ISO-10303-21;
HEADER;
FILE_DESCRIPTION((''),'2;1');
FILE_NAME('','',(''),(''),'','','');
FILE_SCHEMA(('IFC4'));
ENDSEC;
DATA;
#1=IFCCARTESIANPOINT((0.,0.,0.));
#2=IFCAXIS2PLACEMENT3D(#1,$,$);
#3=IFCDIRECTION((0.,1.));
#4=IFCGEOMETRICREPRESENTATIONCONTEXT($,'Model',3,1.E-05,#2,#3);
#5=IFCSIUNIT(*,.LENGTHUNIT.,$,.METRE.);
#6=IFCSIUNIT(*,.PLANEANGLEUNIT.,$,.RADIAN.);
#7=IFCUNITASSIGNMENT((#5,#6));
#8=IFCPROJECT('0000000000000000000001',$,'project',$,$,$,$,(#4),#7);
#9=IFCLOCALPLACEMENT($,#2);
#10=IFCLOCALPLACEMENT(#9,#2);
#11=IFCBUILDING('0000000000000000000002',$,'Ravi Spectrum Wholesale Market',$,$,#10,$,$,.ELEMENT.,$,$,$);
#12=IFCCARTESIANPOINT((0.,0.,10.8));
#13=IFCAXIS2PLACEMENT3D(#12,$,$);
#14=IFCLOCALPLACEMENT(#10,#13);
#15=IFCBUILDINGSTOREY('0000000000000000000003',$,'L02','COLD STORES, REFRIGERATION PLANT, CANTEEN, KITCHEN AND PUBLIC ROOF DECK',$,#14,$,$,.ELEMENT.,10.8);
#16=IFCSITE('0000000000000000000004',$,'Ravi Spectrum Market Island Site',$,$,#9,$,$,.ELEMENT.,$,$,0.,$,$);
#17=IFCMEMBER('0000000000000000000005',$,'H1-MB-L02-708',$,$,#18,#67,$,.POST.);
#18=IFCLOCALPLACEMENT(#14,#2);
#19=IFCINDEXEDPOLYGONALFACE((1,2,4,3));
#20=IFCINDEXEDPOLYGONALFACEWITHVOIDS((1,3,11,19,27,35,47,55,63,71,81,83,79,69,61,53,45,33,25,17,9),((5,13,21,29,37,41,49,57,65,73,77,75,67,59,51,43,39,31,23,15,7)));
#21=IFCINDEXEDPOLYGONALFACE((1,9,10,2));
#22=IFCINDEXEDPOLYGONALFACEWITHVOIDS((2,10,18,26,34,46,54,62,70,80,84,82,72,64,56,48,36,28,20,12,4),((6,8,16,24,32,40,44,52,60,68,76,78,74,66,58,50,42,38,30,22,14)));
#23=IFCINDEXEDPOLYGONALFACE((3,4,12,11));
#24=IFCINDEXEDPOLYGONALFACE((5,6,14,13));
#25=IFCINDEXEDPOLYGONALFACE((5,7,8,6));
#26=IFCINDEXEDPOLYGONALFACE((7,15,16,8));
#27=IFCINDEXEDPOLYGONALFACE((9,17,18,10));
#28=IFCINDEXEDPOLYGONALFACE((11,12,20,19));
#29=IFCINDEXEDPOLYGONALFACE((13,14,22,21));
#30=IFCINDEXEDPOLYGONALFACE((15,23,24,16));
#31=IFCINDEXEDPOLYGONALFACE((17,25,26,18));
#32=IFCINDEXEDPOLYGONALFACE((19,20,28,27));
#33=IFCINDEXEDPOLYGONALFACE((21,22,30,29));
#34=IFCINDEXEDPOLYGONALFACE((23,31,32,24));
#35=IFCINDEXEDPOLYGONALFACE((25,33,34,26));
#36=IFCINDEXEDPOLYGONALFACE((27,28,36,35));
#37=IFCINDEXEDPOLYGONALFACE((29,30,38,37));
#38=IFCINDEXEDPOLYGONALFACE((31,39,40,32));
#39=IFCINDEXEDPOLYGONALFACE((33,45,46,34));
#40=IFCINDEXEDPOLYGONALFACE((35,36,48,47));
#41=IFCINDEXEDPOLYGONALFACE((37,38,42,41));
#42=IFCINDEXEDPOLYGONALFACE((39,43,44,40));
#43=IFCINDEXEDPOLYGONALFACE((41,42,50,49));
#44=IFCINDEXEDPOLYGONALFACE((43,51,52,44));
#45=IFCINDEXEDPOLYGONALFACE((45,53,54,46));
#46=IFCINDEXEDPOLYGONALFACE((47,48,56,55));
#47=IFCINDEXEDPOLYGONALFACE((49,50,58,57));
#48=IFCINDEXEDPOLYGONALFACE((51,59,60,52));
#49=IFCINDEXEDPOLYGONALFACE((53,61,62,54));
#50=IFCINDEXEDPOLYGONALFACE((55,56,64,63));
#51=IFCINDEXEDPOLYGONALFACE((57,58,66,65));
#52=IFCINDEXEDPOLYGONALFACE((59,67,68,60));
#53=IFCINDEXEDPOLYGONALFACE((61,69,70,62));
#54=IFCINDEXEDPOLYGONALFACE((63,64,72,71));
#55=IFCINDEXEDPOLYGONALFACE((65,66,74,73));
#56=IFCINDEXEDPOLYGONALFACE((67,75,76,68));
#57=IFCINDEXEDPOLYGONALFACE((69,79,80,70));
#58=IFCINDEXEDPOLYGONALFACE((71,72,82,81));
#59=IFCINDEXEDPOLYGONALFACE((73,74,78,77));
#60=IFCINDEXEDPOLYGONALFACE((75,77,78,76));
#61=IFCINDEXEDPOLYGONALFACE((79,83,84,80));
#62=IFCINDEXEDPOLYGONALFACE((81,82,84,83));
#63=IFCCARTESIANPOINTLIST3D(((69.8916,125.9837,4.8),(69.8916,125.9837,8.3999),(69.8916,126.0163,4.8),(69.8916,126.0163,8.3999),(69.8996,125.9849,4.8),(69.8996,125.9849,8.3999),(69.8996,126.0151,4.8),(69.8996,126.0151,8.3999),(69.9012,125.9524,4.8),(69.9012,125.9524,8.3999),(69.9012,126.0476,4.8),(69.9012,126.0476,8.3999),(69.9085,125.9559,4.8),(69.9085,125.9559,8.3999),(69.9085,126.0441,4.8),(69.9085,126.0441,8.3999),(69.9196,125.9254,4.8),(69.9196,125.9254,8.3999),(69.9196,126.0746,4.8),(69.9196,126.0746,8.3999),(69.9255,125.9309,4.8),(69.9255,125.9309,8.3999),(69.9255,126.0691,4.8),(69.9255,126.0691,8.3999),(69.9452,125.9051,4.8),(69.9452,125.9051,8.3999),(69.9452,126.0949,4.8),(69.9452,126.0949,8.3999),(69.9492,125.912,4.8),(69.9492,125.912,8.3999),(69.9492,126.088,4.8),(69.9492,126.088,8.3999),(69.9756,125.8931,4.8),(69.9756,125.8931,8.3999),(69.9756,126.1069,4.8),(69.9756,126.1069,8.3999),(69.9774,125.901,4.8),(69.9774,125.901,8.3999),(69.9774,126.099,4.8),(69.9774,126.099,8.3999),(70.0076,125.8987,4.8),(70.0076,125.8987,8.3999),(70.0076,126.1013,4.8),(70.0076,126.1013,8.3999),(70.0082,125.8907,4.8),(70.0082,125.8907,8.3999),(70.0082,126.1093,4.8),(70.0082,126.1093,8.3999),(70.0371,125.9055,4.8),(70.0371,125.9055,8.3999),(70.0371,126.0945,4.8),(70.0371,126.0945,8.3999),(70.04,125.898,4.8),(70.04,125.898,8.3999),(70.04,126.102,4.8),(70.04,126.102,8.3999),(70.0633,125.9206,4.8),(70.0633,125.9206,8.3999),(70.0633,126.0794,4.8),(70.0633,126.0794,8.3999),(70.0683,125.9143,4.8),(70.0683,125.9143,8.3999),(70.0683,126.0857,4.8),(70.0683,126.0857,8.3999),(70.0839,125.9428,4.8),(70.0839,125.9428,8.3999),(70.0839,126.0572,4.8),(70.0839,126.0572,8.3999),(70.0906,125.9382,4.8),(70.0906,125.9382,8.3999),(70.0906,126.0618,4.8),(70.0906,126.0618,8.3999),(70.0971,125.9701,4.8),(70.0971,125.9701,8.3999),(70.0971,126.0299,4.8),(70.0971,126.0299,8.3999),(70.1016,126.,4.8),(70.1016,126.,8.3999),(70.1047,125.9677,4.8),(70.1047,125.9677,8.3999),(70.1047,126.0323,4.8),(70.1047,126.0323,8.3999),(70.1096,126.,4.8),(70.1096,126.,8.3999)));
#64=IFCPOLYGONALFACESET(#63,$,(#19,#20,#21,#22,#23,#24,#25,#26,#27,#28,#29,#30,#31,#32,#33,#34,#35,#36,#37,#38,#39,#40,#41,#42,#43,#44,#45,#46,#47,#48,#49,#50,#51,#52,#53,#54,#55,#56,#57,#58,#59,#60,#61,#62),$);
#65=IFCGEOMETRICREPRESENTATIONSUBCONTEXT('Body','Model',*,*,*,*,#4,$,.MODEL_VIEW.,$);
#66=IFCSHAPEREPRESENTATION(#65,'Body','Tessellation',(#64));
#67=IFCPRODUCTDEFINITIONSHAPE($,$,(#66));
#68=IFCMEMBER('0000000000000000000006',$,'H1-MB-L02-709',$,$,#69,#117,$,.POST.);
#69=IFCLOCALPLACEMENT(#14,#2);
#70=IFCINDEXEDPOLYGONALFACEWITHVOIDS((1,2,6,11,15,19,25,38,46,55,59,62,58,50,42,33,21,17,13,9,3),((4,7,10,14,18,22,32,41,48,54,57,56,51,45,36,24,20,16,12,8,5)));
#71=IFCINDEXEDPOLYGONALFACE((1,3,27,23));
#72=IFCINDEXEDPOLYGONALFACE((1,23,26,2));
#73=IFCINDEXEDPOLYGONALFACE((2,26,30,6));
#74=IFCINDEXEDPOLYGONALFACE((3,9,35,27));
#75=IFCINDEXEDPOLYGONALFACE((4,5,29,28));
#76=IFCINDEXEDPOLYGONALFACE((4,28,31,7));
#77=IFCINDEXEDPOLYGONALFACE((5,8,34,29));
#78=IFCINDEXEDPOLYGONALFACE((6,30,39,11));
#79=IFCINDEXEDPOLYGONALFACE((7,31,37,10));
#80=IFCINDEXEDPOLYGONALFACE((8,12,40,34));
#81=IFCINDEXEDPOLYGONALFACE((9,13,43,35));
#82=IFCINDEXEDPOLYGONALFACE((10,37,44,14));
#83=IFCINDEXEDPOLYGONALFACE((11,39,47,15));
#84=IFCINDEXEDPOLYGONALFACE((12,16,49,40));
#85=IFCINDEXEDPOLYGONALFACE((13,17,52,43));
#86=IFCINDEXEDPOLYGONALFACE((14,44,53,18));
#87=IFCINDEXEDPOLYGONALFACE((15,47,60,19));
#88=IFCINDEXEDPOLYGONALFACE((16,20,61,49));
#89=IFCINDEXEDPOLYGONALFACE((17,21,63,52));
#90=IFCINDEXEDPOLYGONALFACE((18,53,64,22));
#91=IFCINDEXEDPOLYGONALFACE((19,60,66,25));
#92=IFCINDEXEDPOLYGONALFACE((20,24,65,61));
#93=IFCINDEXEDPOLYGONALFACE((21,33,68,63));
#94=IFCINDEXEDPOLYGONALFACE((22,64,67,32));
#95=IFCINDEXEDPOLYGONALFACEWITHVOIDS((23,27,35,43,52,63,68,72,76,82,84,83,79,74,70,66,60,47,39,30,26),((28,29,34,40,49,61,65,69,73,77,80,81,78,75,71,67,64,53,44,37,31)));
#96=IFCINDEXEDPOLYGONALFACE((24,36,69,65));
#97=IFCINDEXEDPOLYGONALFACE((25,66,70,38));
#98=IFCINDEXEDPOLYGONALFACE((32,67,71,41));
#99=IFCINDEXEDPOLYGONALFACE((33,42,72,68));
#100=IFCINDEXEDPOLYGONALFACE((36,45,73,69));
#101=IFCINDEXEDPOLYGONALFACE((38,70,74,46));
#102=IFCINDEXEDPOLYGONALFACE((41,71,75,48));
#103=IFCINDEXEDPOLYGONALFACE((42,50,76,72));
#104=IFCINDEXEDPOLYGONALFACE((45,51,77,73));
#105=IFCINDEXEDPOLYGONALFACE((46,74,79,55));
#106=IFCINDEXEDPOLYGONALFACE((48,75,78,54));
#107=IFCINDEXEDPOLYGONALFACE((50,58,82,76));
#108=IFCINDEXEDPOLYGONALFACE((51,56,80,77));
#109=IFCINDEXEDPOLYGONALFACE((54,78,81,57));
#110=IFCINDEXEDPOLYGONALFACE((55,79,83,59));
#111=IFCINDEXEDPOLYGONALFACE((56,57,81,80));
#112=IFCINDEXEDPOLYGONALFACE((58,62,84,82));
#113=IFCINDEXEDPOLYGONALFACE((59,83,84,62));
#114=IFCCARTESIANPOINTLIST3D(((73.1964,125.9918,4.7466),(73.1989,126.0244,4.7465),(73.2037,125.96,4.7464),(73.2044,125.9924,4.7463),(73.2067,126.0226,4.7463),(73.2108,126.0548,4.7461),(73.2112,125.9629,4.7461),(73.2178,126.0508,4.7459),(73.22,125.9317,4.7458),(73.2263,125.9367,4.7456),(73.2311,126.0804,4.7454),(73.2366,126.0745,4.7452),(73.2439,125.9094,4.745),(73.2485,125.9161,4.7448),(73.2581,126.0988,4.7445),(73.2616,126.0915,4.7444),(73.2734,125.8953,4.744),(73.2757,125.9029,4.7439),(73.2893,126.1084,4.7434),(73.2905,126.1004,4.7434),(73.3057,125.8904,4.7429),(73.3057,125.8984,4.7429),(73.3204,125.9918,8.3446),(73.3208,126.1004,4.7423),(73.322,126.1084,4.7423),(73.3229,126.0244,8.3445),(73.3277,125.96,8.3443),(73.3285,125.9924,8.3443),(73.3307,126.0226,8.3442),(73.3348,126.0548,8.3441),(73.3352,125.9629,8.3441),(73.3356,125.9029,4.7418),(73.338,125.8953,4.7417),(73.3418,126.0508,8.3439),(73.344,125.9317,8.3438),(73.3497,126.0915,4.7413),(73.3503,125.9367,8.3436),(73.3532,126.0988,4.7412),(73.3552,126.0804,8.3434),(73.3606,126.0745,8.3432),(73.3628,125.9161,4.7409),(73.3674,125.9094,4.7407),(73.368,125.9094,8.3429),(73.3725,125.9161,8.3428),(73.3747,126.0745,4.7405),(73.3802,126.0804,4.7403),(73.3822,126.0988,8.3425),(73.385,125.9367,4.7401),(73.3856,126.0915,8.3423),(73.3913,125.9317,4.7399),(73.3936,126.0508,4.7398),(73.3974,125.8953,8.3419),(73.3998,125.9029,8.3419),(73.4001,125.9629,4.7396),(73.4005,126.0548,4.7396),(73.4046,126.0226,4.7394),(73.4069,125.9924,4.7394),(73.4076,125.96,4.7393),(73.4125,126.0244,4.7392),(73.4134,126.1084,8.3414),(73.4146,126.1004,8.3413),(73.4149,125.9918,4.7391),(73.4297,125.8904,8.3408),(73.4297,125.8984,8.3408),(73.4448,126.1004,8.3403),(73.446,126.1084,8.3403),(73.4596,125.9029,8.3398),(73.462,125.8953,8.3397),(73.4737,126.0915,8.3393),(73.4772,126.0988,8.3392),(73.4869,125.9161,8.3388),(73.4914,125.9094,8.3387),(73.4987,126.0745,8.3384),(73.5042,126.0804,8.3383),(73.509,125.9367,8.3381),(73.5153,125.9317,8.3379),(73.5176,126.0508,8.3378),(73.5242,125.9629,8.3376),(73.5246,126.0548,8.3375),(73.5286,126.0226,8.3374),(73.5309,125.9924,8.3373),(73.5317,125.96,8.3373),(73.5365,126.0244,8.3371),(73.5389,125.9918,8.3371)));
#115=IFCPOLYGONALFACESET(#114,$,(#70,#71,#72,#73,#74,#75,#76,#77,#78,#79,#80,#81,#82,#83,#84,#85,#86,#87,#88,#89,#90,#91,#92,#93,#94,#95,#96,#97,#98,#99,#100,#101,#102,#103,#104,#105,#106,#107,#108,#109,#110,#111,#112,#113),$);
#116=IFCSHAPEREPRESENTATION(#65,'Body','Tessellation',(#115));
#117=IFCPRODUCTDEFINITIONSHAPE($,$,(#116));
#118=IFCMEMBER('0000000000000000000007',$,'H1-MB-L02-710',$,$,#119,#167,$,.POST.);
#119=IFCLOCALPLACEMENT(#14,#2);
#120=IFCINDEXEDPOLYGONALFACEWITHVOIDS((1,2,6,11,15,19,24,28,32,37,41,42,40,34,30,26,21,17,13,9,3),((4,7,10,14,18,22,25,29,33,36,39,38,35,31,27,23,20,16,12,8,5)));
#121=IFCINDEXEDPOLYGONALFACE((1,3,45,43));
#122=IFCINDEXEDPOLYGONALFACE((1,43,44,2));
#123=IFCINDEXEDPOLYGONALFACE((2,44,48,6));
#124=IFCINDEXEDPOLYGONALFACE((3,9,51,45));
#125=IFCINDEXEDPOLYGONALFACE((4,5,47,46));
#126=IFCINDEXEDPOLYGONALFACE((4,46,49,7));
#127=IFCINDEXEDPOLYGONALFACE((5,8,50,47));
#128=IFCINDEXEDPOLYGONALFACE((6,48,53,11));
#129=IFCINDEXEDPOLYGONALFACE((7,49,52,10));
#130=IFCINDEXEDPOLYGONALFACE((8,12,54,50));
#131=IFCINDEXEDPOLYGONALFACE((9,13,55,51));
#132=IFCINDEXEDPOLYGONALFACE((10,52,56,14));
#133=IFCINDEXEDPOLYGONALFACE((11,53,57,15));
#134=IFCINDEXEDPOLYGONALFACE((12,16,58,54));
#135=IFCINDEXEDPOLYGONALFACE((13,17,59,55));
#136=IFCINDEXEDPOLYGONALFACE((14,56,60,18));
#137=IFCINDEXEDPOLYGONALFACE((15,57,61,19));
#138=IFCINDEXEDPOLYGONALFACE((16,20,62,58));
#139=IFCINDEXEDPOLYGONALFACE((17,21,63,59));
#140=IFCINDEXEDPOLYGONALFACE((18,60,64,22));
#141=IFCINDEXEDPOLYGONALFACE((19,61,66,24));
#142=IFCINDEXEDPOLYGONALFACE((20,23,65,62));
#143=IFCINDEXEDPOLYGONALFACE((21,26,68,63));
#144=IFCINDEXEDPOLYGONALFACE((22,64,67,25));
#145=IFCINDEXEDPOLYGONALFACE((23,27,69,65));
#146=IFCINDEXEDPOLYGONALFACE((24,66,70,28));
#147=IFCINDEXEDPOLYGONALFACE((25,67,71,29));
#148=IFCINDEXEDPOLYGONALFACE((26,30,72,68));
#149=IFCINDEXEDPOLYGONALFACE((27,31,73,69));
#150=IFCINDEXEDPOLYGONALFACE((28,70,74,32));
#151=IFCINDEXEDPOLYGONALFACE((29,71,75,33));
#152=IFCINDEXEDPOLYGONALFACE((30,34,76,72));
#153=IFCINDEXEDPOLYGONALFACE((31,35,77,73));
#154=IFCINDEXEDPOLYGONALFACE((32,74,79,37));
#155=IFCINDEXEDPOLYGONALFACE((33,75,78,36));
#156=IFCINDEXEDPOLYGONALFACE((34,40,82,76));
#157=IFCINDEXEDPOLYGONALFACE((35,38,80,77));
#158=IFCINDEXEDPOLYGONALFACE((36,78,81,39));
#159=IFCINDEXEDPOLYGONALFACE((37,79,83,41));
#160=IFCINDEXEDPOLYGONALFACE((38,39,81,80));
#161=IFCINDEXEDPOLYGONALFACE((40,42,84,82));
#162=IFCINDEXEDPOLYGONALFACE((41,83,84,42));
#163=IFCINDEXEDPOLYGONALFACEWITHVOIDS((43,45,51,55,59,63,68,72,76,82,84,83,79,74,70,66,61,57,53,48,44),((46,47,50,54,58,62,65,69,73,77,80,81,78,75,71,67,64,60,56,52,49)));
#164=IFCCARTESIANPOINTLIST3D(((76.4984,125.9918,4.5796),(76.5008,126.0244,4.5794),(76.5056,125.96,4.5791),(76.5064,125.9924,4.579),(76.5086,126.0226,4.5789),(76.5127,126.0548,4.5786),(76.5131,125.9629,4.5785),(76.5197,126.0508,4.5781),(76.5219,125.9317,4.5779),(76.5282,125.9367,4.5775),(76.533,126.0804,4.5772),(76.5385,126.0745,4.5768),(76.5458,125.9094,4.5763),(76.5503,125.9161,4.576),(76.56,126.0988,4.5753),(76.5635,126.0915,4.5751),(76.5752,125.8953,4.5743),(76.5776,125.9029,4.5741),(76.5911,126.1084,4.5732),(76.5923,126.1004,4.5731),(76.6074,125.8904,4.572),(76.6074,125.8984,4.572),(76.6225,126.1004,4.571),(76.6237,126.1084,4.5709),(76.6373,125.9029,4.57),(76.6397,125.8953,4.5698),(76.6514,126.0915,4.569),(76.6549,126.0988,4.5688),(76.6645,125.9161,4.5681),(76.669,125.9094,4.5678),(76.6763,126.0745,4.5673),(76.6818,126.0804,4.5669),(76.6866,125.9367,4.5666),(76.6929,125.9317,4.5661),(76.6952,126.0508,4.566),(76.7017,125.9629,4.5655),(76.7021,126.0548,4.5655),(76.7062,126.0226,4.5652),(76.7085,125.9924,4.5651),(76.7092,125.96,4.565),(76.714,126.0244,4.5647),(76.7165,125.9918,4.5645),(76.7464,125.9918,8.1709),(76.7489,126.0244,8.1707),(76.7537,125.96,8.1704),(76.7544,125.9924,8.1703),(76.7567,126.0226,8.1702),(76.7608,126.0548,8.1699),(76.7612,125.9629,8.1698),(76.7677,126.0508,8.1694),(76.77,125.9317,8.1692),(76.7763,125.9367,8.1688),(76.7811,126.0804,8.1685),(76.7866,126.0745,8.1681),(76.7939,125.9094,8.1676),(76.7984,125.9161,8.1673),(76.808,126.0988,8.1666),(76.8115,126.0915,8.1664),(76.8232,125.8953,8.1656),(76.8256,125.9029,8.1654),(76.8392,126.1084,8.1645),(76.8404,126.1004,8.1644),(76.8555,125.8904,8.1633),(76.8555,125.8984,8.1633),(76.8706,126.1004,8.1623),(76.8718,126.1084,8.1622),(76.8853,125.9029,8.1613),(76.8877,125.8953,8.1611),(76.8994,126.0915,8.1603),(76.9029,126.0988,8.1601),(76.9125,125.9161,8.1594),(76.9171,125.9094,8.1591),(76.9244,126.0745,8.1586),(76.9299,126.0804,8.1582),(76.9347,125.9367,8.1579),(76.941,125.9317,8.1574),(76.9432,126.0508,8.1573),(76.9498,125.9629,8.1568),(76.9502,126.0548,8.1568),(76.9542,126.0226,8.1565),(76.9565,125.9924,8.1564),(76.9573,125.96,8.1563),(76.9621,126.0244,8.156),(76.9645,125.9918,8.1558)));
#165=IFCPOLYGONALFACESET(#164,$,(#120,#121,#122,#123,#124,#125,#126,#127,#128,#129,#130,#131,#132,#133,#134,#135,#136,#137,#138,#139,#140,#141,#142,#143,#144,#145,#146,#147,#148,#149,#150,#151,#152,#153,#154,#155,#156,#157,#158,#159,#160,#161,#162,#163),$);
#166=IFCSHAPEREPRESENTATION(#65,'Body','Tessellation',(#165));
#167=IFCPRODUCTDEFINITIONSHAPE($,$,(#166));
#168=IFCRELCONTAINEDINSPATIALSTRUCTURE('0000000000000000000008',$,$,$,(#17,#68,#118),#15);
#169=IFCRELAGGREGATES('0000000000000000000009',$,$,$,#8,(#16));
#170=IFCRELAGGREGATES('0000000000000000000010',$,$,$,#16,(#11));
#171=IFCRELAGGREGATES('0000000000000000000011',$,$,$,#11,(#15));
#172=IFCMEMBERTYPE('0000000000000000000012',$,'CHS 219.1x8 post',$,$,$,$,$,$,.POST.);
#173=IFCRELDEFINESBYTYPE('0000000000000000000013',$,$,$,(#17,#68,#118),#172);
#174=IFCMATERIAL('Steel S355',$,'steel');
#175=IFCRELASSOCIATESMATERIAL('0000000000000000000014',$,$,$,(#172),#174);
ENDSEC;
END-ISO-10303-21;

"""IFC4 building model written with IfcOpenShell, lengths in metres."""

from ifc_helpers import new_model, si_unit, direction, frame, origin, origin_2d, place, context, subcontext, project, spatial, hollow_circle, extrude, material, material_profile, profile_set, type_object, element, save


model = new_model("IFC4")

# Units and contexts
model_context = context("Model", 3, precision=1e-05, world=origin(), true_north=direction((0.0, 1.0)))
body_context = subcontext(model_context, "Body", "Model", "MODEL_VIEW")
ifc_project = project(units=[si_unit("LENGTHUNIT", "METRE"), si_unit("PLANEANGLEUNIT", "RADIAN")], contexts=[model_context])

# Site, building, storey
site_placement = place(None, origin())
site = spatial("IfcSite", under=ifc_project, at=site_placement, Name="Ravi Spectrum Market Island Site", CompositionType="ELEMENT", RefElevation=0.0)
building_placement = place(site_placement, origin())
building = spatial("IfcBuilding", under=site, at=building_placement, Name="Ravi Spectrum Wholesale Market", CompositionType="ELEMENT")
storey_placement = place(building_placement, frame((0.0, 0.0, 10.8)))
storey = spatial("IfcBuildingStorey", under=building, at=storey_placement, Name="L02", Description="COLD STORES, REFRIGERATION PLANT, CANTEEN, KITCHEN AND PUBLIC ROOF DECK", CompositionType="ELEMENT", Elevation=10.8)

# Members
ifc_material_1 = material(Name="Steel S355", Category="steel")
ifc_material_profile_1 = material_profile(ifc_material_1, hollow_circle(Radius=0.1096, WallThickness=0.0081, at=origin_2d()))
ifc_profile_set_1 = profile_set([ifc_material_profile_1], Name="Steel S355")
member_type_1 = type_object("IfcMemberType", Name="CHS 219.1x8 post", PredefinedType="POST", material=ifc_profile_set_1)
member_1_placement = place(storey_placement, frame((70.0, 126.0, 8.3999), z_axis=(0.0, 0.0, -1.0), x_axis=(1.0, 0.0, 0.0)))
element("IfcMember", 1, at=member_1_placement, inside=storey, type_object=member_type_1, Name="H1-MB-L02-708", PredefinedType="POST", context=body_context, shape_type="SweptSolid", body=[
    extrude(hollow_circle(Radius=0.1096, WallThickness=0.0081, at=origin_2d()), origin(), (0.0, 0.0, 1.0), 3.5999),
])
member_2_placement = place(storey_placement, frame((73.4297, 126.0, 8.3408), z_axis=(-0.034451, 0.0, -0.999406), x_axis=(0.0, -1.0, 0.0)))
element("IfcMember", 2, at=member_2_placement, inside=storey, type_object=member_type_1, Name="H1-MB-L02-709", PredefinedType="POST", context=body_context, shape_type="SweptSolid", body=[
    extrude(hollow_circle(Radius=0.1096, WallThickness=0.0081, at=origin_2d()), origin(), (0.0, 0.0, 1.0), 3.6001),
])
member_3_placement = place(storey_placement, frame((76.8555, 126.0, 8.1633), z_axis=(-0.068905, 0.0, -0.997623), x_axis=(0.0, -1.0, 0.0)))
element("IfcMember", 3, at=member_3_placement, inside=storey, type_object=member_type_1, Name="H1-MB-L02-710", PredefinedType="POST", context=body_context, shape_type="SweptSolid", body=[
    extrude(hollow_circle(Radius=0.1096, WallThickness=0.0081, at=origin_2d()), origin(), (0.0, 0.0, 1.0), 3.5999),
])

save(model, "model.ifc")
